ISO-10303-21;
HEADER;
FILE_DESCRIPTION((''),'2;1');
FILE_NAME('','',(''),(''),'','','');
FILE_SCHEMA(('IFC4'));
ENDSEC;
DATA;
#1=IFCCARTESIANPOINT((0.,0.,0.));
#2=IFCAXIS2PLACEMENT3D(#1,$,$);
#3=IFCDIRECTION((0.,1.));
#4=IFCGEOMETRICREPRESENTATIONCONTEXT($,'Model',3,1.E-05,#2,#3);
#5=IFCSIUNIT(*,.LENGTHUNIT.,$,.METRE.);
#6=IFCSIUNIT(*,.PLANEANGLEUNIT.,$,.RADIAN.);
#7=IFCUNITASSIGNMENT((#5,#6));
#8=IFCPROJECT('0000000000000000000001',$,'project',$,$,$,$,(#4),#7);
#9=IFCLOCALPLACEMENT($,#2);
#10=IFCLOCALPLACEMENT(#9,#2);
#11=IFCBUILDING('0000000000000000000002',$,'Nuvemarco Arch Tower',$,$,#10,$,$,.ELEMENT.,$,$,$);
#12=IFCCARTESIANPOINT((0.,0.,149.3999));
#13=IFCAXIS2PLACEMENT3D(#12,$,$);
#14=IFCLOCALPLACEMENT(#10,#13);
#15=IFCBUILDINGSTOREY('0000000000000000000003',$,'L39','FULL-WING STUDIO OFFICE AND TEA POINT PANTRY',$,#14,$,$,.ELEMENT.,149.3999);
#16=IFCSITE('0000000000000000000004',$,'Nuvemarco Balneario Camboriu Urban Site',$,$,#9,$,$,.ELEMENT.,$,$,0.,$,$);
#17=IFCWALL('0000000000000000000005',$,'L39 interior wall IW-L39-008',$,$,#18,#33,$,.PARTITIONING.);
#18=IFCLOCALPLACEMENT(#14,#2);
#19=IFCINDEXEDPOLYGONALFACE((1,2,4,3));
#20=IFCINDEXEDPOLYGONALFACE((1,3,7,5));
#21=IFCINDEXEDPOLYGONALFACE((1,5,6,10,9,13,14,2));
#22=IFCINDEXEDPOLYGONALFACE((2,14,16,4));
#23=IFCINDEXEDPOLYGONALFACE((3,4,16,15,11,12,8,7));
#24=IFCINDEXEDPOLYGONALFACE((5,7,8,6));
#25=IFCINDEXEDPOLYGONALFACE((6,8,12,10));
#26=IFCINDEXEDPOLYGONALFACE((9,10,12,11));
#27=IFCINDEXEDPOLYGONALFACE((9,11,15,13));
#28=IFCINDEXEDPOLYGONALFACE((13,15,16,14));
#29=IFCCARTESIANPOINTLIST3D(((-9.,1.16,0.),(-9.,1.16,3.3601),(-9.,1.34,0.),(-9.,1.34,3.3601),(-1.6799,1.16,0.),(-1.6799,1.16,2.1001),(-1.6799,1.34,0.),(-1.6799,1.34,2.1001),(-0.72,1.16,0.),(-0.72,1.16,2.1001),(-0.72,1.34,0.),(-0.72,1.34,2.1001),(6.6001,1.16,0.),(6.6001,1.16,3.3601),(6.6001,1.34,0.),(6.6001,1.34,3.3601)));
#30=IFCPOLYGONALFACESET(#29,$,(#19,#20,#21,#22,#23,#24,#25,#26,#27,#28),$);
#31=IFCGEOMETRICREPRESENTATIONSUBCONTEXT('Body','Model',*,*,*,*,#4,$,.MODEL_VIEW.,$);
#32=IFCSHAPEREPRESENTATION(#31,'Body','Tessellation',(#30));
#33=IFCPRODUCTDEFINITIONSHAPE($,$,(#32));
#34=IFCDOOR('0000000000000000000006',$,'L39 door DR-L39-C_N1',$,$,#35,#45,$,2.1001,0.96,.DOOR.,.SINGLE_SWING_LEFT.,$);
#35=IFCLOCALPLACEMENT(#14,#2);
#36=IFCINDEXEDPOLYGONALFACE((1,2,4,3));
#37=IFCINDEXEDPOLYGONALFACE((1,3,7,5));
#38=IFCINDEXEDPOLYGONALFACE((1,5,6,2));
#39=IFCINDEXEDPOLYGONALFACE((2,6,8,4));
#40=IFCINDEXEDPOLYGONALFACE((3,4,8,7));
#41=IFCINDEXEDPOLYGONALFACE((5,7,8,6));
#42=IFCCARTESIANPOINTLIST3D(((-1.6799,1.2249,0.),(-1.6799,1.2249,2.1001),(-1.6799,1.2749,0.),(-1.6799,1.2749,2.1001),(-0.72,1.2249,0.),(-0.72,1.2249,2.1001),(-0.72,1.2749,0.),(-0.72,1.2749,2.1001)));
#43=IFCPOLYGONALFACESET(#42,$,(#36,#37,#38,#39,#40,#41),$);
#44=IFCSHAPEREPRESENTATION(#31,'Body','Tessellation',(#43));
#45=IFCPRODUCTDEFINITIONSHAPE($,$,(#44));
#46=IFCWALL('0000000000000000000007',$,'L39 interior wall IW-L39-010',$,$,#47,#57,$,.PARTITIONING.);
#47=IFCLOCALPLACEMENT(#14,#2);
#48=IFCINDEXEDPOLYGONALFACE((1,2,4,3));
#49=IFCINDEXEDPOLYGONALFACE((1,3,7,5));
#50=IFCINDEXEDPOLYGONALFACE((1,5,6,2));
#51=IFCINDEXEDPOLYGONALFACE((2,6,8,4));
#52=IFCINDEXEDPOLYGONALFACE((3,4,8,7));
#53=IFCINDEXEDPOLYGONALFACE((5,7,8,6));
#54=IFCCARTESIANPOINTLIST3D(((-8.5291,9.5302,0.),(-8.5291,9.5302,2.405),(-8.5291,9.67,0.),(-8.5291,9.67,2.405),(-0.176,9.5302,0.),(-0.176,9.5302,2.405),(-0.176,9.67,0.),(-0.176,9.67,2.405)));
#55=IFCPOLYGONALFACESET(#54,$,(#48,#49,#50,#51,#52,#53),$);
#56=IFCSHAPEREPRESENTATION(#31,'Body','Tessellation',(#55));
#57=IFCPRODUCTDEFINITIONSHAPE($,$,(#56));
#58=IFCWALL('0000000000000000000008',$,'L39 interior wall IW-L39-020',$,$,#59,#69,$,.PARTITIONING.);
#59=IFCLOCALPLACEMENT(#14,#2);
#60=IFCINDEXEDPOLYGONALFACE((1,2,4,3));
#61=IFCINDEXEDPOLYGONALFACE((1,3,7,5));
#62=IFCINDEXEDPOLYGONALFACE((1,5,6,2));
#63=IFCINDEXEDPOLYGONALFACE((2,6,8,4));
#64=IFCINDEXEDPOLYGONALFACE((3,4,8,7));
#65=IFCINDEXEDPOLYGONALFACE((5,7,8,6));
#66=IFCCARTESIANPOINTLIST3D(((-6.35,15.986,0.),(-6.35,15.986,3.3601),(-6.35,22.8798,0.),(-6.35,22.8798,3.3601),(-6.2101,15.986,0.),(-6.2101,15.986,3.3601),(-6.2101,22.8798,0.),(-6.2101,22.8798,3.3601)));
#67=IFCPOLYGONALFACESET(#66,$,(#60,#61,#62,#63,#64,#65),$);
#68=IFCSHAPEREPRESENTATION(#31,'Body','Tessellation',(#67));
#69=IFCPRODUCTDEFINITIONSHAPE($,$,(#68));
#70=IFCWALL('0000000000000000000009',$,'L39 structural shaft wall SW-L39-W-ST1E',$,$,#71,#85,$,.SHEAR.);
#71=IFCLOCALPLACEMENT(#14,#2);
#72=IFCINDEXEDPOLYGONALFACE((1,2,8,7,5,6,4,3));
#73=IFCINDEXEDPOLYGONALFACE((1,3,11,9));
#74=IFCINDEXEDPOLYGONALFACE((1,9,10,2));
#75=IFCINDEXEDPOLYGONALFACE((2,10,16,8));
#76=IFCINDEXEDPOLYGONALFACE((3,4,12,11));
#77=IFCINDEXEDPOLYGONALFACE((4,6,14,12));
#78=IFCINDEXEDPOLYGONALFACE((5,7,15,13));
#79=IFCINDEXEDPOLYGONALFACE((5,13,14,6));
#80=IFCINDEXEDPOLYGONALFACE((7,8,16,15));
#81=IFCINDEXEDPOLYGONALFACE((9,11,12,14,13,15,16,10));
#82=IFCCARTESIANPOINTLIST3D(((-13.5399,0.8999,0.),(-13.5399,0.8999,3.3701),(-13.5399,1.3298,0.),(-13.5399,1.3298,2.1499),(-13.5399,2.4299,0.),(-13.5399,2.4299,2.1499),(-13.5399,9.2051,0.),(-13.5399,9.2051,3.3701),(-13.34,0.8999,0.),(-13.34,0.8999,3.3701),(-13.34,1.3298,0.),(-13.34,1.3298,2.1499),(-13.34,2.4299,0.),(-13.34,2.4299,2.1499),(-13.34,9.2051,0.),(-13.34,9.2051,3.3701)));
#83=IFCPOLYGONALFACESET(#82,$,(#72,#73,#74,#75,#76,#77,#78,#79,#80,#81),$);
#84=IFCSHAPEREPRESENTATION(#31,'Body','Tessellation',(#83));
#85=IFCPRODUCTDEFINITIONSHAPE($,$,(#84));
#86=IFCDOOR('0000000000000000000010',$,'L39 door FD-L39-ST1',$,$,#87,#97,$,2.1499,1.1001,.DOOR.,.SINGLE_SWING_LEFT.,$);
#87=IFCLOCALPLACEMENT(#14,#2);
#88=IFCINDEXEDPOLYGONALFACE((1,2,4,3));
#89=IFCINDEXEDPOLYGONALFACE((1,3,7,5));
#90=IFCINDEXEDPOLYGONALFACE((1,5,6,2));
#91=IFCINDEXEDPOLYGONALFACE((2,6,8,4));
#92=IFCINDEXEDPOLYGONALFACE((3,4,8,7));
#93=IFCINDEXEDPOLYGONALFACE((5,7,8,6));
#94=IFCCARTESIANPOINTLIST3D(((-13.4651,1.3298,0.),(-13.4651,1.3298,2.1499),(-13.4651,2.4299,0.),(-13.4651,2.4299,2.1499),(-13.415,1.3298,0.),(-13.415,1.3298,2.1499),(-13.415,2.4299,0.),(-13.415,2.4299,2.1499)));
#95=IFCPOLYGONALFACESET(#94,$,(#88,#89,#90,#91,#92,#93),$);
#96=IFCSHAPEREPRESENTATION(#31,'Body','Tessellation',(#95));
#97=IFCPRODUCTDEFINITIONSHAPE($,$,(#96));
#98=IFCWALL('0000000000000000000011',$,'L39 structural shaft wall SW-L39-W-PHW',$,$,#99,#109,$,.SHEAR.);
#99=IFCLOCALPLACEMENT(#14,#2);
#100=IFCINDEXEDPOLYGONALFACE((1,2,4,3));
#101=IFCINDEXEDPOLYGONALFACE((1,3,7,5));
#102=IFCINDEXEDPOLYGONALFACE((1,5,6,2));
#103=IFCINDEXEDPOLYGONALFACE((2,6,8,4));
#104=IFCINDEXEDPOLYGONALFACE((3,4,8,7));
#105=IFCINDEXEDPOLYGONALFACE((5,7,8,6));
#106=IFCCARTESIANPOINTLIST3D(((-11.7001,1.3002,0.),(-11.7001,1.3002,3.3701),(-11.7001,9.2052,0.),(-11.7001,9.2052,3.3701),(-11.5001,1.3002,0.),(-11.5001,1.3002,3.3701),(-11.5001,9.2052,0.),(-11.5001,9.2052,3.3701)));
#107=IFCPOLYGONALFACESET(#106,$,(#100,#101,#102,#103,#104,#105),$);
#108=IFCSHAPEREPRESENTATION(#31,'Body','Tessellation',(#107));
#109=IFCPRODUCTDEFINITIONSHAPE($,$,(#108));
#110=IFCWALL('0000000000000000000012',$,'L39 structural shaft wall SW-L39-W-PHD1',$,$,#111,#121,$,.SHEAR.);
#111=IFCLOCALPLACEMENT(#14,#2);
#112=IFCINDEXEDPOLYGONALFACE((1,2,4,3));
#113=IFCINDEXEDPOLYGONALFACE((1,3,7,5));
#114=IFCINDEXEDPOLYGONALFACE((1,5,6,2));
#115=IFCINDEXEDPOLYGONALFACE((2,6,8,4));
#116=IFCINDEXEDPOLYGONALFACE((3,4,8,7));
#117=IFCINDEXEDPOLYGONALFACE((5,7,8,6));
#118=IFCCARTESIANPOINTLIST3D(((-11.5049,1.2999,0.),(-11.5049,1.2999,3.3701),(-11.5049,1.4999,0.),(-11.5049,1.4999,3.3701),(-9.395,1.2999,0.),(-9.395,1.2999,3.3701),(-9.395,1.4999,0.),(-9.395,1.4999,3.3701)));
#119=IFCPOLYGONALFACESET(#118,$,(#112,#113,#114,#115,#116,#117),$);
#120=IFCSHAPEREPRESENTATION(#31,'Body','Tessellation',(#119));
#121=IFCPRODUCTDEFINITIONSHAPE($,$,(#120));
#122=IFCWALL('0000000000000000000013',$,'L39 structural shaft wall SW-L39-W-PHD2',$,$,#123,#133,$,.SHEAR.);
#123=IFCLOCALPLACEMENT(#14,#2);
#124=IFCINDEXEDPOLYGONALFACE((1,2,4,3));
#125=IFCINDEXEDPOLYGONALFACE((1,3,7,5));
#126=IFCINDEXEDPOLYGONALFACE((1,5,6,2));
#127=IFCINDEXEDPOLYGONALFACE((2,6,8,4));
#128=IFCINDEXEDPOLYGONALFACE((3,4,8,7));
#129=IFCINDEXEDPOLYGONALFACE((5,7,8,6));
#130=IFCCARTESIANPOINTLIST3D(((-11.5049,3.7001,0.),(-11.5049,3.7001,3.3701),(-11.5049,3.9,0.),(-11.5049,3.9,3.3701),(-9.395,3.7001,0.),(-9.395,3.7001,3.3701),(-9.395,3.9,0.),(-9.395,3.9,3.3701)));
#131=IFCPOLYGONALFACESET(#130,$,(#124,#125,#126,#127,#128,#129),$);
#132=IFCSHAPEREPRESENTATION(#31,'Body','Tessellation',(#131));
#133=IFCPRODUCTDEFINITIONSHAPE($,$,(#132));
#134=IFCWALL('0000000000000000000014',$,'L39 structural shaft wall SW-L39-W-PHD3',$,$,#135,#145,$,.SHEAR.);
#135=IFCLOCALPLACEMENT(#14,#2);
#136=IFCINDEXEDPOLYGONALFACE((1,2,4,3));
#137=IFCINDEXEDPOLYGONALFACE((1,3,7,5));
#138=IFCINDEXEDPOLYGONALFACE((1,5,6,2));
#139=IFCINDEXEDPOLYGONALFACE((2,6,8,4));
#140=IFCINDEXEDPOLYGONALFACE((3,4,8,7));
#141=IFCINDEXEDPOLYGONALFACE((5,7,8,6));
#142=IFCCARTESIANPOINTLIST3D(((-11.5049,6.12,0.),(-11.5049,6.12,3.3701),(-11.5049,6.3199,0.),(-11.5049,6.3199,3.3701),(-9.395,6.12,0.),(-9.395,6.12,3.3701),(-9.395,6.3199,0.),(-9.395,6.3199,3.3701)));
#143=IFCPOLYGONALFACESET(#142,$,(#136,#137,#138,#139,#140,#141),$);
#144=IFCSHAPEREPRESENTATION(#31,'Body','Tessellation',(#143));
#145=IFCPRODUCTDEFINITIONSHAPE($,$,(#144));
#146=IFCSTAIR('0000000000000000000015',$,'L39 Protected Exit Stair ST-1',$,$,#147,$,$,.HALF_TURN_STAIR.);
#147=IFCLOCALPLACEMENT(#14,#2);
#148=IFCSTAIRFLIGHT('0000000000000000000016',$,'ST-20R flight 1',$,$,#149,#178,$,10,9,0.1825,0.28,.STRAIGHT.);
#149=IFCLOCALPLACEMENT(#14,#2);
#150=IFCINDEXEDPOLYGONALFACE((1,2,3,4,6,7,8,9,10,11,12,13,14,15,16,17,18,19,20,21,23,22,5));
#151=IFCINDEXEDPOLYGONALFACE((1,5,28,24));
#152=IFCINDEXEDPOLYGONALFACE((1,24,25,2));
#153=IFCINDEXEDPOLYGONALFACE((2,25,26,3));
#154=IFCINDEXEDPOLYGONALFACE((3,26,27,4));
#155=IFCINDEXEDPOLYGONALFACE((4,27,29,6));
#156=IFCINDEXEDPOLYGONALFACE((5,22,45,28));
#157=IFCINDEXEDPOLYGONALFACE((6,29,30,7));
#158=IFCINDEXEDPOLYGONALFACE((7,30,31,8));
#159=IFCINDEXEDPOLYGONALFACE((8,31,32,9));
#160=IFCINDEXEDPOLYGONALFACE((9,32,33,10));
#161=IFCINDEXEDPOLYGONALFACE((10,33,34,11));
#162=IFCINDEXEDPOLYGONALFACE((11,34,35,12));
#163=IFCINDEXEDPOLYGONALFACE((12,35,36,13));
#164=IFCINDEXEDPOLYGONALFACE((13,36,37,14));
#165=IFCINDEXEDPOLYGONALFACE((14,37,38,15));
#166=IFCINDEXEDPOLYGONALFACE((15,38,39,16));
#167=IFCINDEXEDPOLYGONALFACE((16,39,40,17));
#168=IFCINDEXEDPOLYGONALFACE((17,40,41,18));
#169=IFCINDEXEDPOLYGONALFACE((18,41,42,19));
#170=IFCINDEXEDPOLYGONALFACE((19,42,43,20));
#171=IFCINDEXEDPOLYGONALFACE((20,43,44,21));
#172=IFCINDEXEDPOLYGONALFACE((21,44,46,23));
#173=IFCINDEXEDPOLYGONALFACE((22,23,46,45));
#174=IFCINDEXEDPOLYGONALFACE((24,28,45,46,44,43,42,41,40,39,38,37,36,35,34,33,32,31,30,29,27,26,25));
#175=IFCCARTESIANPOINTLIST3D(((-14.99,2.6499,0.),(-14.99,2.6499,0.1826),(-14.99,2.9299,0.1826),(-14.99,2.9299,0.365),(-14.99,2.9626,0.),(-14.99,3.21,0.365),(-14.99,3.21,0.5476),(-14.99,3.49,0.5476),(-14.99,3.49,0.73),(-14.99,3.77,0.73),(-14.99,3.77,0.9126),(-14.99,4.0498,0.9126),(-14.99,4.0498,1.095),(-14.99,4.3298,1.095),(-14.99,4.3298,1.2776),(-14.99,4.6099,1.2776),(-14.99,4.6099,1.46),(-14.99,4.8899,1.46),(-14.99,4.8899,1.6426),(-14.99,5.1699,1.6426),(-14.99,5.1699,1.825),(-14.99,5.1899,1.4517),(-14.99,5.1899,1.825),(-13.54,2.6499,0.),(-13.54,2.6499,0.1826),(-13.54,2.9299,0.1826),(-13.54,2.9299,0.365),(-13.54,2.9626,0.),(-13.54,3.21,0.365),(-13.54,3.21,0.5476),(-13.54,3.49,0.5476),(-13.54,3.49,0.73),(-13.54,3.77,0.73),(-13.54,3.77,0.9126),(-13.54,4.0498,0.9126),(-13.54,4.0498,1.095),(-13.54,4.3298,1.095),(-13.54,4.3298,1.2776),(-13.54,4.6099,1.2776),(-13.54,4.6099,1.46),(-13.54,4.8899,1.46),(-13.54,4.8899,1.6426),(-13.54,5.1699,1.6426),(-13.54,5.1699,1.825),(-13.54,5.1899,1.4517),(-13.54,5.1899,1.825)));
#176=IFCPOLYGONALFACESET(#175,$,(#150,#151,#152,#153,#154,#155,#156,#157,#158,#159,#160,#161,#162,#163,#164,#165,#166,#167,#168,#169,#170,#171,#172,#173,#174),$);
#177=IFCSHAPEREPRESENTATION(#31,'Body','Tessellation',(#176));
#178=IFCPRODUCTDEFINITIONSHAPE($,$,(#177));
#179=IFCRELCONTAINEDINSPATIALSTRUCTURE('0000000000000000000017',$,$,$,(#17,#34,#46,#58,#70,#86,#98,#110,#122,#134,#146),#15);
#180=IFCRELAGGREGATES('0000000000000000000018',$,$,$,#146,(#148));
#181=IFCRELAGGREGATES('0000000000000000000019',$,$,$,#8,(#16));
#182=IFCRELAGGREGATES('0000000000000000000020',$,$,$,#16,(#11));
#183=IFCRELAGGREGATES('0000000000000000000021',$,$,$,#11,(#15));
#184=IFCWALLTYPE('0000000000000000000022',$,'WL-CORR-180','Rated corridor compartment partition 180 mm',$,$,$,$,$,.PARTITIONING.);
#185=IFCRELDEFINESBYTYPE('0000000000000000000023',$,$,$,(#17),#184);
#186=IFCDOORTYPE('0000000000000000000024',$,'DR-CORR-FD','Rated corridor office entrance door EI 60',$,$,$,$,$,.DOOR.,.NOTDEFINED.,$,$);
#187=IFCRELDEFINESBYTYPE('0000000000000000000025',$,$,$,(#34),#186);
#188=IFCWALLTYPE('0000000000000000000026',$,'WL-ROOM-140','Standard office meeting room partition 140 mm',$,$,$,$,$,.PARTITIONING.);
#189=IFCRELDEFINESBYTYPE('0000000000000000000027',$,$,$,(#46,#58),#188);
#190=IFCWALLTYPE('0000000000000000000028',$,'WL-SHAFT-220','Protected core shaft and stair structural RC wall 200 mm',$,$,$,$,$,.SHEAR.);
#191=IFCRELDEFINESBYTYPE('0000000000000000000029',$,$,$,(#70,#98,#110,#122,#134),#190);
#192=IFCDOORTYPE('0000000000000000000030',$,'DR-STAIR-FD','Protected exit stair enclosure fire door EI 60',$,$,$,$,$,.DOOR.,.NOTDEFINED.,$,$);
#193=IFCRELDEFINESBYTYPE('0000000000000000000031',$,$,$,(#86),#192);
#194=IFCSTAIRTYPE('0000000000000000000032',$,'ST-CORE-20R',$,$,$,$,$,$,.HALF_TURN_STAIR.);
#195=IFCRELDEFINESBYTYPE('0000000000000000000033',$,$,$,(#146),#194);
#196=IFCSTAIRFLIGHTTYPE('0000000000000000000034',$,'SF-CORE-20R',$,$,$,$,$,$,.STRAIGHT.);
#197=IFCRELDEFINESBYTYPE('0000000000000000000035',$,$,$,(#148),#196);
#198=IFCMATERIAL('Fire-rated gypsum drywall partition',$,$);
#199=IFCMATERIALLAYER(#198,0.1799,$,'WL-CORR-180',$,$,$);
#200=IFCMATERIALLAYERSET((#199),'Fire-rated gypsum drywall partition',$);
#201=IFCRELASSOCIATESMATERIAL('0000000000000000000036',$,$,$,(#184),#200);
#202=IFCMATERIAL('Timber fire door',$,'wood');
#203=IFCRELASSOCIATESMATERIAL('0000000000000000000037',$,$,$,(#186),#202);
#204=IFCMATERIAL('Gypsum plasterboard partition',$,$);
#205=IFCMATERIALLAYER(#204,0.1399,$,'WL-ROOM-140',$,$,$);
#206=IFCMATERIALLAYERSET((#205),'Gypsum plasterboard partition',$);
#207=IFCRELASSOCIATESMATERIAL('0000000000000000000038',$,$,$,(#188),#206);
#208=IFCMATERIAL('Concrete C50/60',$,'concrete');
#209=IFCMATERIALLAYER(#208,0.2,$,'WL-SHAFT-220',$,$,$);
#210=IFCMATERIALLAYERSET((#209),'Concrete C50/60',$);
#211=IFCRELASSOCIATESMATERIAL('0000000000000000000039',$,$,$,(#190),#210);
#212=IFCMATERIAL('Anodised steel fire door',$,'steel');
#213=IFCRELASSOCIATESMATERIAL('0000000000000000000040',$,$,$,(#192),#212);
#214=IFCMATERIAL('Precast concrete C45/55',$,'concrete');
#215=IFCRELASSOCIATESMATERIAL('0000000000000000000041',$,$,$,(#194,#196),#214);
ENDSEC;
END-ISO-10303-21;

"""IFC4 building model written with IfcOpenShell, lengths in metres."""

from ifc_helpers import new_model, si_unit, direction, frame, frame_2d, origin, place, context, subcontext, project, spatial, polyline, rectangle, outline, extrude, source, transform, mapped, material, layer, layer_set, type_object, type_shapes, element, fill, aggregate, save


model = new_model("IFC4")

# Units and contexts
model_context = context("Model", 3, precision=1e-05, world=origin(), true_north=direction((0.0, 1.0)))
body_context = subcontext(model_context, "Body", "Model", "MODEL_VIEW")
ifc_project = project(units=[si_unit("LENGTHUNIT", "METRE"), si_unit("PLANEANGLEUNIT", "RADIAN")], contexts=[model_context])

# Site, building, storey
site_placement = place(None, origin())
site = spatial("IfcSite", under=ifc_project, at=site_placement, Name="Nuvemarco Balneario Camboriu Urban Site", CompositionType="ELEMENT", RefElevation=0.0)
building_placement = place(site_placement, origin())
building = spatial("IfcBuilding", under=site, at=building_placement, Name="Nuvemarco Arch Tower", CompositionType="ELEMENT")
storey_placement = place(building_placement, frame((0.0, 0.0, 149.3999)))
storey = spatial("IfcBuildingStorey", under=building, at=storey_placement, Name="L39", Description="FULL-WING STUDIO OFFICE AND TEA POINT PANTRY", CompositionType="ELEMENT", Elevation=149.3999)

# Shared definitions
ifc_material_1 = material(Name="Concrete C50/60", Category="concrete")

# Shared definitions
ifc_material_2 = material(Name="Precast concrete C45/55", Category="concrete")

# Wall, opening, door
ifc_material_3 = material(Name="Fire-rated gypsum drywall partition")
ifc_layer_1 = layer(ifc_material_3, 0.1799, Name="WL-CORR-180")
ifc_layer_set_1 = layer_set([ifc_layer_1], Name="Fire-rated gypsum drywall partition")
wall_type_1 = type_object("IfcWallType", Name="WL-CORR-180", Description="Rated corridor compartment partition 180 mm", PredefinedType="PARTITIONING", material=ifc_layer_set_1)
wall_1_placement = place(storey_placement, frame((-9.0, 1.25, 0.0), z_axis=(0.0, 0.0, 1.0), x_axis=(1.0, 0.0, 0.0)))
wall_1 = element("IfcWall", 1, at=wall_1_placement, inside=storey, type_object=wall_type_1, Name="L39 interior wall IW-L39-008", PredefinedType="PARTITIONING", context=body_context, shape_type="SweptSolid", body=[
    extrude(rectangle(XDim=15.6001, YDim=0.1799, at=frame_2d((7.8, 0.0))), origin(), (0.0, 0.0, 1.0), 3.3601),
])
opening_1_placement = place(wall_1_placement, frame((7.3201, 0.0, 0.0)))
opening_1 = element("IfcOpeningElement", 2, at=opening_1_placement, cuts=wall_1, PredefinedType="OPENING", context=body_context, shape_type="SweptSolid", body=[
    extrude(rectangle(XDim=0.96, YDim=2.1001, at=frame_2d((0.48, 1.05))), frame((0.0, 0.0999, 0.0), z_axis=(0.0, -1.0, 0.0), x_axis=(1.0, 0.0, 0.0)), (0.0, 0.0, 1.0), 0.2),
])
ifc_material_4 = material(Name="Timber fire door", Category="wood")
door_type_1 = type_object("IfcDoorType", Name="DR-CORR-FD", Description="Rated corridor office entrance door EI 60", OperationType="NOTDEFINED", PredefinedType="DOOR", material=ifc_material_4)
shared_shape_1 = source(origin(), body_context, "Body", "SweptSolid", [
    extrude(rectangle(XDim=0.96, YDim=2.1001, at=frame_2d((0.48, 1.05))), frame((0.0, 0.0249, 0.0), z_axis=(0.0, -1.0, 0.0), x_axis=(1.0, 0.0, 0.0)), (0.0, 0.0, 1.0), 0.05),
])
type_shapes(door_type_1, [shared_shape_1])
door_1_placement = place(opening_1_placement, origin())
door_1 = element("IfcDoor", 3, at=door_1_placement, inside=storey, type_object=door_type_1, Name="L39 door DR-L39-C_N1", OperationType="SINGLE_SWING_LEFT", OverallHeight=2.1001, OverallWidth=0.96, PredefinedType="DOOR", context=body_context, shape_type="MappedRepresentation", body=[
    mapped(shared_shape_1, transform((0.0, 0.0, 0.0), scale=1.0)),
])
fill(opening_1, door_1)

# Walls
ifc_material_5 = material(Name="Gypsum plasterboard partition")
ifc_layer_2 = layer(ifc_material_5, 0.1399, Name="WL-ROOM-140")
ifc_layer_set_2 = layer_set([ifc_layer_2], Name="Gypsum plasterboard partition")
wall_type_2 = type_object("IfcWallType", Name="WL-ROOM-140", Description="Standard office meeting room partition 140 mm", PredefinedType="PARTITIONING", material=ifc_layer_set_2)
wall_2_placement = place(storey_placement, frame((-8.5291, 9.6001, 0.0), z_axis=(0.0, 0.0, 1.0), x_axis=(1.0, 0.0, 0.0)))
element("IfcWall", 4, at=wall_2_placement, inside=storey, type_object=wall_type_2, Name="L39 interior wall IW-L39-010", PredefinedType="PARTITIONING", context=body_context, shape_type="SweptSolid", body=[
    extrude(rectangle(XDim=8.353, YDim=0.1399, at=frame_2d((4.1765, 0.0))), origin(), (0.0, 0.0, 1.0), 2.405),
])
wall_3_placement = place(storey_placement, frame((-6.28, 15.9861, 0.0), z_axis=(0.0, 0.0, 1.0), x_axis=(0.0, 1.0, 0.0)))
element("IfcWall", 5, at=wall_3_placement, inside=storey, type_object=wall_type_2, Name="L39 interior wall IW-L39-020", PredefinedType="PARTITIONING", context=body_context, shape_type="SweptSolid", body=[
    extrude(rectangle(XDim=6.8938, YDim=0.1399, at=frame_2d((3.4468, 0.0))), origin(), (0.0, 0.0, 1.0), 3.3601),
])

# Wall, opening, door
ifc_layer_3 = layer(ifc_material_1, 0.2, Name="WL-SHAFT-220")
ifc_layer_set_3 = layer_set([ifc_layer_3], Name="Concrete C50/60")
wall_type_3 = type_object("IfcWallType", Name="WL-SHAFT-220", Description="Protected core shaft and stair structural RC wall 200 mm", PredefinedType="SHEAR", material=ifc_layer_set_3)
wall_4_placement = place(storey_placement, frame((-13.4399, 0.8999, 0.0), z_axis=(0.0, 0.0, 1.0), x_axis=(0.0, 1.0, 0.0)))
wall_4 = element("IfcWall", 6, at=wall_4_placement, inside=storey, type_object=wall_type_3, Name="L39 structural shaft wall SW-L39-W-ST1E", PredefinedType="SHEAR", context=body_context, shape_type="SweptSolid", body=[
    extrude(rectangle(XDim=8.3052, YDim=0.2, at=frame_2d((4.1526, 0.0))), origin(), (0.0, 0.0, 1.0), 3.3701),
])
opening_2_placement = place(wall_4_placement, frame((1.53, 0.0, 0.0), z_axis=(0.0, 0.0, 1.0), x_axis=(-1.0, 0.0, 0.0)))
opening_2 = element("IfcOpeningElement", 7, at=opening_2_placement, cuts=wall_4, PredefinedType="OPENING", context=body_context, shape_type="SweptSolid", body=[
    extrude(rectangle(XDim=1.1001, YDim=2.1499, at=frame_2d((0.55, 1.075))), frame((0.0, 0.1099, 0.0), z_axis=(0.0, -1.0, 0.0), x_axis=(1.0, 0.0, 0.0)), (0.0, 0.0, 1.0), 0.22),
])
ifc_material_6 = material(Name="Anodised steel fire door", Category="steel")
door_type_2 = type_object("IfcDoorType", Name="DR-STAIR-FD", Description="Protected exit stair enclosure fire door EI 60", OperationType="NOTDEFINED", PredefinedType="DOOR", material=ifc_material_6)
shared_shape_2 = source(origin(), body_context, "Body", "SweptSolid", [
    extrude(rectangle(XDim=1.1001, YDim=2.1499, at=frame_2d((0.55, 1.075))), frame((0.0, 0.0249, 0.0), z_axis=(0.0, -1.0, 0.0), x_axis=(1.0, 0.0, 0.0)), (0.0, 0.0, 1.0), 0.05),
])
type_shapes(door_type_2, [shared_shape_2])
door_2_placement = place(opening_2_placement, origin())
door_2 = element("IfcDoor", 8, at=door_2_placement, inside=storey, type_object=door_type_2, Name="L39 door FD-L39-ST1", OperationType="SINGLE_SWING_LEFT", OverallHeight=2.1499, OverallWidth=1.1001, PredefinedType="DOOR", context=body_context, shape_type="MappedRepresentation", body=[
    mapped(shared_shape_2, transform((0.0, 0.0, 0.0), scale=1.0)),
])
fill(opening_2, door_2)

# Walls
wall_5_placement = place(storey_placement, frame((-11.6001, 1.3, 0.0), z_axis=(0.0, 0.0, 1.0), x_axis=(0.0, 1.0, 0.0)))
element("IfcWall", 9, at=wall_5_placement, inside=storey, type_object=wall_type_3, Name="L39 structural shaft wall SW-L39-W-PHW", PredefinedType="SHEAR", context=body_context, shape_type="SweptSolid", body=[
    extrude(rectangle(XDim=7.905, YDim=0.2, at=frame_2d((3.9526, 0.0))), origin(), (0.0, 0.0, 1.0), 3.3701),
])
for number, where, z_axis, x_axis, name in (
    (10, (-11.5049, 1.3999, 0.0), (0.0, 0.0, 1.0), (1.0, 0.0, 0.0), "L39 structural shaft wall SW-L39-W-PHD1"),
    (11, (-11.5049, 3.8, 0.0), (0.0, 0.0, 1.0), (1.0, 0.0, 0.0), "L39 structural shaft wall SW-L39-W-PHD2"),
    (12, (-11.5049, 6.22, 0.0), (0.0, 0.0, 1.0), (1.0, 0.0, 0.0), "L39 structural shaft wall SW-L39-W-PHD3"),
):
    element("IfcWall", number, at=place(storey_placement, frame(where, z_axis=z_axis, x_axis=x_axis)), inside=storey, type_object=wall_type_3, Name=name, PredefinedType="SHEAR", context=body_context, shape_type="SweptSolid", body=[
        extrude(rectangle(XDim=2.1099, YDim=0.2, at=frame_2d((1.0549, 0.0))), origin(), (0.0, 0.0, 1.0), 3.3701),
    ])

# Stair, stair flight
stair_type = type_object("IfcStairType", Name="ST-CORE-20R", PredefinedType="HALF_TURN_STAIR", material=ifc_material_2)
stair_placement = place(storey_placement, origin())
stair = element("IfcStair", 13, at=stair_placement, inside=storey, type_object=stair_type, Name="L39 Protected Exit Stair ST-1", PredefinedType="HALF_TURN_STAIR")
stair_flight_type = type_object("IfcStairFlightType", Name="SF-CORE-20R", PredefinedType="STRAIGHT", material=ifc_material_2)
stair_flight_1_placement = place(storey_placement, frame((-14.2649, 2.6499, 0.0), z_axis=(0.0, 0.0, 1.0), x_axis=(0.0, 1.0, 0.0)))
stair_flight_1 = element("IfcStairFlight", 14, at=stair_flight_1_placement, type_object=stair_flight_type, Name="ST-20R flight 1", NumberOfRisers=10, NumberOfTreads=9, PredefinedType="STRAIGHT", RiserHeight=0.1825, TreadLength=0.28, context=body_context, shape_type="SweptSolid", body=[
    extrude(outline(polyline([(0.0, 0.0), (0.0, 0.1826), (0.28, 0.1826), (0.28, 0.365), (0.5601, 0.365), (0.5601, 0.5476), (0.8401, 0.5476), (0.8401, 0.73), (1.1201, 0.73), (1.1201, 0.9126), (1.3999, 0.9126), (1.3999, 1.095), (1.6799, 1.095), (1.6799, 1.2776), (1.96, 1.2776), (1.96, 1.46), (2.24, 1.46), (2.24, 1.6426), (2.52, 1.6426), (2.52, 1.825), (2.54, 1.825), (2.54, 1.4517), (0.3127, 0.0), (0.0, 0.0)])), frame((0.0, 0.7251, 0.0), z_axis=(0.0, -1.0, 0.0), x_axis=(1.0, 0.0, 0.0)), (0.0, 0.0, 1.0), 1.45),
])
aggregate(stair, [stair_flight_1])

save(model, "model.ifc")
